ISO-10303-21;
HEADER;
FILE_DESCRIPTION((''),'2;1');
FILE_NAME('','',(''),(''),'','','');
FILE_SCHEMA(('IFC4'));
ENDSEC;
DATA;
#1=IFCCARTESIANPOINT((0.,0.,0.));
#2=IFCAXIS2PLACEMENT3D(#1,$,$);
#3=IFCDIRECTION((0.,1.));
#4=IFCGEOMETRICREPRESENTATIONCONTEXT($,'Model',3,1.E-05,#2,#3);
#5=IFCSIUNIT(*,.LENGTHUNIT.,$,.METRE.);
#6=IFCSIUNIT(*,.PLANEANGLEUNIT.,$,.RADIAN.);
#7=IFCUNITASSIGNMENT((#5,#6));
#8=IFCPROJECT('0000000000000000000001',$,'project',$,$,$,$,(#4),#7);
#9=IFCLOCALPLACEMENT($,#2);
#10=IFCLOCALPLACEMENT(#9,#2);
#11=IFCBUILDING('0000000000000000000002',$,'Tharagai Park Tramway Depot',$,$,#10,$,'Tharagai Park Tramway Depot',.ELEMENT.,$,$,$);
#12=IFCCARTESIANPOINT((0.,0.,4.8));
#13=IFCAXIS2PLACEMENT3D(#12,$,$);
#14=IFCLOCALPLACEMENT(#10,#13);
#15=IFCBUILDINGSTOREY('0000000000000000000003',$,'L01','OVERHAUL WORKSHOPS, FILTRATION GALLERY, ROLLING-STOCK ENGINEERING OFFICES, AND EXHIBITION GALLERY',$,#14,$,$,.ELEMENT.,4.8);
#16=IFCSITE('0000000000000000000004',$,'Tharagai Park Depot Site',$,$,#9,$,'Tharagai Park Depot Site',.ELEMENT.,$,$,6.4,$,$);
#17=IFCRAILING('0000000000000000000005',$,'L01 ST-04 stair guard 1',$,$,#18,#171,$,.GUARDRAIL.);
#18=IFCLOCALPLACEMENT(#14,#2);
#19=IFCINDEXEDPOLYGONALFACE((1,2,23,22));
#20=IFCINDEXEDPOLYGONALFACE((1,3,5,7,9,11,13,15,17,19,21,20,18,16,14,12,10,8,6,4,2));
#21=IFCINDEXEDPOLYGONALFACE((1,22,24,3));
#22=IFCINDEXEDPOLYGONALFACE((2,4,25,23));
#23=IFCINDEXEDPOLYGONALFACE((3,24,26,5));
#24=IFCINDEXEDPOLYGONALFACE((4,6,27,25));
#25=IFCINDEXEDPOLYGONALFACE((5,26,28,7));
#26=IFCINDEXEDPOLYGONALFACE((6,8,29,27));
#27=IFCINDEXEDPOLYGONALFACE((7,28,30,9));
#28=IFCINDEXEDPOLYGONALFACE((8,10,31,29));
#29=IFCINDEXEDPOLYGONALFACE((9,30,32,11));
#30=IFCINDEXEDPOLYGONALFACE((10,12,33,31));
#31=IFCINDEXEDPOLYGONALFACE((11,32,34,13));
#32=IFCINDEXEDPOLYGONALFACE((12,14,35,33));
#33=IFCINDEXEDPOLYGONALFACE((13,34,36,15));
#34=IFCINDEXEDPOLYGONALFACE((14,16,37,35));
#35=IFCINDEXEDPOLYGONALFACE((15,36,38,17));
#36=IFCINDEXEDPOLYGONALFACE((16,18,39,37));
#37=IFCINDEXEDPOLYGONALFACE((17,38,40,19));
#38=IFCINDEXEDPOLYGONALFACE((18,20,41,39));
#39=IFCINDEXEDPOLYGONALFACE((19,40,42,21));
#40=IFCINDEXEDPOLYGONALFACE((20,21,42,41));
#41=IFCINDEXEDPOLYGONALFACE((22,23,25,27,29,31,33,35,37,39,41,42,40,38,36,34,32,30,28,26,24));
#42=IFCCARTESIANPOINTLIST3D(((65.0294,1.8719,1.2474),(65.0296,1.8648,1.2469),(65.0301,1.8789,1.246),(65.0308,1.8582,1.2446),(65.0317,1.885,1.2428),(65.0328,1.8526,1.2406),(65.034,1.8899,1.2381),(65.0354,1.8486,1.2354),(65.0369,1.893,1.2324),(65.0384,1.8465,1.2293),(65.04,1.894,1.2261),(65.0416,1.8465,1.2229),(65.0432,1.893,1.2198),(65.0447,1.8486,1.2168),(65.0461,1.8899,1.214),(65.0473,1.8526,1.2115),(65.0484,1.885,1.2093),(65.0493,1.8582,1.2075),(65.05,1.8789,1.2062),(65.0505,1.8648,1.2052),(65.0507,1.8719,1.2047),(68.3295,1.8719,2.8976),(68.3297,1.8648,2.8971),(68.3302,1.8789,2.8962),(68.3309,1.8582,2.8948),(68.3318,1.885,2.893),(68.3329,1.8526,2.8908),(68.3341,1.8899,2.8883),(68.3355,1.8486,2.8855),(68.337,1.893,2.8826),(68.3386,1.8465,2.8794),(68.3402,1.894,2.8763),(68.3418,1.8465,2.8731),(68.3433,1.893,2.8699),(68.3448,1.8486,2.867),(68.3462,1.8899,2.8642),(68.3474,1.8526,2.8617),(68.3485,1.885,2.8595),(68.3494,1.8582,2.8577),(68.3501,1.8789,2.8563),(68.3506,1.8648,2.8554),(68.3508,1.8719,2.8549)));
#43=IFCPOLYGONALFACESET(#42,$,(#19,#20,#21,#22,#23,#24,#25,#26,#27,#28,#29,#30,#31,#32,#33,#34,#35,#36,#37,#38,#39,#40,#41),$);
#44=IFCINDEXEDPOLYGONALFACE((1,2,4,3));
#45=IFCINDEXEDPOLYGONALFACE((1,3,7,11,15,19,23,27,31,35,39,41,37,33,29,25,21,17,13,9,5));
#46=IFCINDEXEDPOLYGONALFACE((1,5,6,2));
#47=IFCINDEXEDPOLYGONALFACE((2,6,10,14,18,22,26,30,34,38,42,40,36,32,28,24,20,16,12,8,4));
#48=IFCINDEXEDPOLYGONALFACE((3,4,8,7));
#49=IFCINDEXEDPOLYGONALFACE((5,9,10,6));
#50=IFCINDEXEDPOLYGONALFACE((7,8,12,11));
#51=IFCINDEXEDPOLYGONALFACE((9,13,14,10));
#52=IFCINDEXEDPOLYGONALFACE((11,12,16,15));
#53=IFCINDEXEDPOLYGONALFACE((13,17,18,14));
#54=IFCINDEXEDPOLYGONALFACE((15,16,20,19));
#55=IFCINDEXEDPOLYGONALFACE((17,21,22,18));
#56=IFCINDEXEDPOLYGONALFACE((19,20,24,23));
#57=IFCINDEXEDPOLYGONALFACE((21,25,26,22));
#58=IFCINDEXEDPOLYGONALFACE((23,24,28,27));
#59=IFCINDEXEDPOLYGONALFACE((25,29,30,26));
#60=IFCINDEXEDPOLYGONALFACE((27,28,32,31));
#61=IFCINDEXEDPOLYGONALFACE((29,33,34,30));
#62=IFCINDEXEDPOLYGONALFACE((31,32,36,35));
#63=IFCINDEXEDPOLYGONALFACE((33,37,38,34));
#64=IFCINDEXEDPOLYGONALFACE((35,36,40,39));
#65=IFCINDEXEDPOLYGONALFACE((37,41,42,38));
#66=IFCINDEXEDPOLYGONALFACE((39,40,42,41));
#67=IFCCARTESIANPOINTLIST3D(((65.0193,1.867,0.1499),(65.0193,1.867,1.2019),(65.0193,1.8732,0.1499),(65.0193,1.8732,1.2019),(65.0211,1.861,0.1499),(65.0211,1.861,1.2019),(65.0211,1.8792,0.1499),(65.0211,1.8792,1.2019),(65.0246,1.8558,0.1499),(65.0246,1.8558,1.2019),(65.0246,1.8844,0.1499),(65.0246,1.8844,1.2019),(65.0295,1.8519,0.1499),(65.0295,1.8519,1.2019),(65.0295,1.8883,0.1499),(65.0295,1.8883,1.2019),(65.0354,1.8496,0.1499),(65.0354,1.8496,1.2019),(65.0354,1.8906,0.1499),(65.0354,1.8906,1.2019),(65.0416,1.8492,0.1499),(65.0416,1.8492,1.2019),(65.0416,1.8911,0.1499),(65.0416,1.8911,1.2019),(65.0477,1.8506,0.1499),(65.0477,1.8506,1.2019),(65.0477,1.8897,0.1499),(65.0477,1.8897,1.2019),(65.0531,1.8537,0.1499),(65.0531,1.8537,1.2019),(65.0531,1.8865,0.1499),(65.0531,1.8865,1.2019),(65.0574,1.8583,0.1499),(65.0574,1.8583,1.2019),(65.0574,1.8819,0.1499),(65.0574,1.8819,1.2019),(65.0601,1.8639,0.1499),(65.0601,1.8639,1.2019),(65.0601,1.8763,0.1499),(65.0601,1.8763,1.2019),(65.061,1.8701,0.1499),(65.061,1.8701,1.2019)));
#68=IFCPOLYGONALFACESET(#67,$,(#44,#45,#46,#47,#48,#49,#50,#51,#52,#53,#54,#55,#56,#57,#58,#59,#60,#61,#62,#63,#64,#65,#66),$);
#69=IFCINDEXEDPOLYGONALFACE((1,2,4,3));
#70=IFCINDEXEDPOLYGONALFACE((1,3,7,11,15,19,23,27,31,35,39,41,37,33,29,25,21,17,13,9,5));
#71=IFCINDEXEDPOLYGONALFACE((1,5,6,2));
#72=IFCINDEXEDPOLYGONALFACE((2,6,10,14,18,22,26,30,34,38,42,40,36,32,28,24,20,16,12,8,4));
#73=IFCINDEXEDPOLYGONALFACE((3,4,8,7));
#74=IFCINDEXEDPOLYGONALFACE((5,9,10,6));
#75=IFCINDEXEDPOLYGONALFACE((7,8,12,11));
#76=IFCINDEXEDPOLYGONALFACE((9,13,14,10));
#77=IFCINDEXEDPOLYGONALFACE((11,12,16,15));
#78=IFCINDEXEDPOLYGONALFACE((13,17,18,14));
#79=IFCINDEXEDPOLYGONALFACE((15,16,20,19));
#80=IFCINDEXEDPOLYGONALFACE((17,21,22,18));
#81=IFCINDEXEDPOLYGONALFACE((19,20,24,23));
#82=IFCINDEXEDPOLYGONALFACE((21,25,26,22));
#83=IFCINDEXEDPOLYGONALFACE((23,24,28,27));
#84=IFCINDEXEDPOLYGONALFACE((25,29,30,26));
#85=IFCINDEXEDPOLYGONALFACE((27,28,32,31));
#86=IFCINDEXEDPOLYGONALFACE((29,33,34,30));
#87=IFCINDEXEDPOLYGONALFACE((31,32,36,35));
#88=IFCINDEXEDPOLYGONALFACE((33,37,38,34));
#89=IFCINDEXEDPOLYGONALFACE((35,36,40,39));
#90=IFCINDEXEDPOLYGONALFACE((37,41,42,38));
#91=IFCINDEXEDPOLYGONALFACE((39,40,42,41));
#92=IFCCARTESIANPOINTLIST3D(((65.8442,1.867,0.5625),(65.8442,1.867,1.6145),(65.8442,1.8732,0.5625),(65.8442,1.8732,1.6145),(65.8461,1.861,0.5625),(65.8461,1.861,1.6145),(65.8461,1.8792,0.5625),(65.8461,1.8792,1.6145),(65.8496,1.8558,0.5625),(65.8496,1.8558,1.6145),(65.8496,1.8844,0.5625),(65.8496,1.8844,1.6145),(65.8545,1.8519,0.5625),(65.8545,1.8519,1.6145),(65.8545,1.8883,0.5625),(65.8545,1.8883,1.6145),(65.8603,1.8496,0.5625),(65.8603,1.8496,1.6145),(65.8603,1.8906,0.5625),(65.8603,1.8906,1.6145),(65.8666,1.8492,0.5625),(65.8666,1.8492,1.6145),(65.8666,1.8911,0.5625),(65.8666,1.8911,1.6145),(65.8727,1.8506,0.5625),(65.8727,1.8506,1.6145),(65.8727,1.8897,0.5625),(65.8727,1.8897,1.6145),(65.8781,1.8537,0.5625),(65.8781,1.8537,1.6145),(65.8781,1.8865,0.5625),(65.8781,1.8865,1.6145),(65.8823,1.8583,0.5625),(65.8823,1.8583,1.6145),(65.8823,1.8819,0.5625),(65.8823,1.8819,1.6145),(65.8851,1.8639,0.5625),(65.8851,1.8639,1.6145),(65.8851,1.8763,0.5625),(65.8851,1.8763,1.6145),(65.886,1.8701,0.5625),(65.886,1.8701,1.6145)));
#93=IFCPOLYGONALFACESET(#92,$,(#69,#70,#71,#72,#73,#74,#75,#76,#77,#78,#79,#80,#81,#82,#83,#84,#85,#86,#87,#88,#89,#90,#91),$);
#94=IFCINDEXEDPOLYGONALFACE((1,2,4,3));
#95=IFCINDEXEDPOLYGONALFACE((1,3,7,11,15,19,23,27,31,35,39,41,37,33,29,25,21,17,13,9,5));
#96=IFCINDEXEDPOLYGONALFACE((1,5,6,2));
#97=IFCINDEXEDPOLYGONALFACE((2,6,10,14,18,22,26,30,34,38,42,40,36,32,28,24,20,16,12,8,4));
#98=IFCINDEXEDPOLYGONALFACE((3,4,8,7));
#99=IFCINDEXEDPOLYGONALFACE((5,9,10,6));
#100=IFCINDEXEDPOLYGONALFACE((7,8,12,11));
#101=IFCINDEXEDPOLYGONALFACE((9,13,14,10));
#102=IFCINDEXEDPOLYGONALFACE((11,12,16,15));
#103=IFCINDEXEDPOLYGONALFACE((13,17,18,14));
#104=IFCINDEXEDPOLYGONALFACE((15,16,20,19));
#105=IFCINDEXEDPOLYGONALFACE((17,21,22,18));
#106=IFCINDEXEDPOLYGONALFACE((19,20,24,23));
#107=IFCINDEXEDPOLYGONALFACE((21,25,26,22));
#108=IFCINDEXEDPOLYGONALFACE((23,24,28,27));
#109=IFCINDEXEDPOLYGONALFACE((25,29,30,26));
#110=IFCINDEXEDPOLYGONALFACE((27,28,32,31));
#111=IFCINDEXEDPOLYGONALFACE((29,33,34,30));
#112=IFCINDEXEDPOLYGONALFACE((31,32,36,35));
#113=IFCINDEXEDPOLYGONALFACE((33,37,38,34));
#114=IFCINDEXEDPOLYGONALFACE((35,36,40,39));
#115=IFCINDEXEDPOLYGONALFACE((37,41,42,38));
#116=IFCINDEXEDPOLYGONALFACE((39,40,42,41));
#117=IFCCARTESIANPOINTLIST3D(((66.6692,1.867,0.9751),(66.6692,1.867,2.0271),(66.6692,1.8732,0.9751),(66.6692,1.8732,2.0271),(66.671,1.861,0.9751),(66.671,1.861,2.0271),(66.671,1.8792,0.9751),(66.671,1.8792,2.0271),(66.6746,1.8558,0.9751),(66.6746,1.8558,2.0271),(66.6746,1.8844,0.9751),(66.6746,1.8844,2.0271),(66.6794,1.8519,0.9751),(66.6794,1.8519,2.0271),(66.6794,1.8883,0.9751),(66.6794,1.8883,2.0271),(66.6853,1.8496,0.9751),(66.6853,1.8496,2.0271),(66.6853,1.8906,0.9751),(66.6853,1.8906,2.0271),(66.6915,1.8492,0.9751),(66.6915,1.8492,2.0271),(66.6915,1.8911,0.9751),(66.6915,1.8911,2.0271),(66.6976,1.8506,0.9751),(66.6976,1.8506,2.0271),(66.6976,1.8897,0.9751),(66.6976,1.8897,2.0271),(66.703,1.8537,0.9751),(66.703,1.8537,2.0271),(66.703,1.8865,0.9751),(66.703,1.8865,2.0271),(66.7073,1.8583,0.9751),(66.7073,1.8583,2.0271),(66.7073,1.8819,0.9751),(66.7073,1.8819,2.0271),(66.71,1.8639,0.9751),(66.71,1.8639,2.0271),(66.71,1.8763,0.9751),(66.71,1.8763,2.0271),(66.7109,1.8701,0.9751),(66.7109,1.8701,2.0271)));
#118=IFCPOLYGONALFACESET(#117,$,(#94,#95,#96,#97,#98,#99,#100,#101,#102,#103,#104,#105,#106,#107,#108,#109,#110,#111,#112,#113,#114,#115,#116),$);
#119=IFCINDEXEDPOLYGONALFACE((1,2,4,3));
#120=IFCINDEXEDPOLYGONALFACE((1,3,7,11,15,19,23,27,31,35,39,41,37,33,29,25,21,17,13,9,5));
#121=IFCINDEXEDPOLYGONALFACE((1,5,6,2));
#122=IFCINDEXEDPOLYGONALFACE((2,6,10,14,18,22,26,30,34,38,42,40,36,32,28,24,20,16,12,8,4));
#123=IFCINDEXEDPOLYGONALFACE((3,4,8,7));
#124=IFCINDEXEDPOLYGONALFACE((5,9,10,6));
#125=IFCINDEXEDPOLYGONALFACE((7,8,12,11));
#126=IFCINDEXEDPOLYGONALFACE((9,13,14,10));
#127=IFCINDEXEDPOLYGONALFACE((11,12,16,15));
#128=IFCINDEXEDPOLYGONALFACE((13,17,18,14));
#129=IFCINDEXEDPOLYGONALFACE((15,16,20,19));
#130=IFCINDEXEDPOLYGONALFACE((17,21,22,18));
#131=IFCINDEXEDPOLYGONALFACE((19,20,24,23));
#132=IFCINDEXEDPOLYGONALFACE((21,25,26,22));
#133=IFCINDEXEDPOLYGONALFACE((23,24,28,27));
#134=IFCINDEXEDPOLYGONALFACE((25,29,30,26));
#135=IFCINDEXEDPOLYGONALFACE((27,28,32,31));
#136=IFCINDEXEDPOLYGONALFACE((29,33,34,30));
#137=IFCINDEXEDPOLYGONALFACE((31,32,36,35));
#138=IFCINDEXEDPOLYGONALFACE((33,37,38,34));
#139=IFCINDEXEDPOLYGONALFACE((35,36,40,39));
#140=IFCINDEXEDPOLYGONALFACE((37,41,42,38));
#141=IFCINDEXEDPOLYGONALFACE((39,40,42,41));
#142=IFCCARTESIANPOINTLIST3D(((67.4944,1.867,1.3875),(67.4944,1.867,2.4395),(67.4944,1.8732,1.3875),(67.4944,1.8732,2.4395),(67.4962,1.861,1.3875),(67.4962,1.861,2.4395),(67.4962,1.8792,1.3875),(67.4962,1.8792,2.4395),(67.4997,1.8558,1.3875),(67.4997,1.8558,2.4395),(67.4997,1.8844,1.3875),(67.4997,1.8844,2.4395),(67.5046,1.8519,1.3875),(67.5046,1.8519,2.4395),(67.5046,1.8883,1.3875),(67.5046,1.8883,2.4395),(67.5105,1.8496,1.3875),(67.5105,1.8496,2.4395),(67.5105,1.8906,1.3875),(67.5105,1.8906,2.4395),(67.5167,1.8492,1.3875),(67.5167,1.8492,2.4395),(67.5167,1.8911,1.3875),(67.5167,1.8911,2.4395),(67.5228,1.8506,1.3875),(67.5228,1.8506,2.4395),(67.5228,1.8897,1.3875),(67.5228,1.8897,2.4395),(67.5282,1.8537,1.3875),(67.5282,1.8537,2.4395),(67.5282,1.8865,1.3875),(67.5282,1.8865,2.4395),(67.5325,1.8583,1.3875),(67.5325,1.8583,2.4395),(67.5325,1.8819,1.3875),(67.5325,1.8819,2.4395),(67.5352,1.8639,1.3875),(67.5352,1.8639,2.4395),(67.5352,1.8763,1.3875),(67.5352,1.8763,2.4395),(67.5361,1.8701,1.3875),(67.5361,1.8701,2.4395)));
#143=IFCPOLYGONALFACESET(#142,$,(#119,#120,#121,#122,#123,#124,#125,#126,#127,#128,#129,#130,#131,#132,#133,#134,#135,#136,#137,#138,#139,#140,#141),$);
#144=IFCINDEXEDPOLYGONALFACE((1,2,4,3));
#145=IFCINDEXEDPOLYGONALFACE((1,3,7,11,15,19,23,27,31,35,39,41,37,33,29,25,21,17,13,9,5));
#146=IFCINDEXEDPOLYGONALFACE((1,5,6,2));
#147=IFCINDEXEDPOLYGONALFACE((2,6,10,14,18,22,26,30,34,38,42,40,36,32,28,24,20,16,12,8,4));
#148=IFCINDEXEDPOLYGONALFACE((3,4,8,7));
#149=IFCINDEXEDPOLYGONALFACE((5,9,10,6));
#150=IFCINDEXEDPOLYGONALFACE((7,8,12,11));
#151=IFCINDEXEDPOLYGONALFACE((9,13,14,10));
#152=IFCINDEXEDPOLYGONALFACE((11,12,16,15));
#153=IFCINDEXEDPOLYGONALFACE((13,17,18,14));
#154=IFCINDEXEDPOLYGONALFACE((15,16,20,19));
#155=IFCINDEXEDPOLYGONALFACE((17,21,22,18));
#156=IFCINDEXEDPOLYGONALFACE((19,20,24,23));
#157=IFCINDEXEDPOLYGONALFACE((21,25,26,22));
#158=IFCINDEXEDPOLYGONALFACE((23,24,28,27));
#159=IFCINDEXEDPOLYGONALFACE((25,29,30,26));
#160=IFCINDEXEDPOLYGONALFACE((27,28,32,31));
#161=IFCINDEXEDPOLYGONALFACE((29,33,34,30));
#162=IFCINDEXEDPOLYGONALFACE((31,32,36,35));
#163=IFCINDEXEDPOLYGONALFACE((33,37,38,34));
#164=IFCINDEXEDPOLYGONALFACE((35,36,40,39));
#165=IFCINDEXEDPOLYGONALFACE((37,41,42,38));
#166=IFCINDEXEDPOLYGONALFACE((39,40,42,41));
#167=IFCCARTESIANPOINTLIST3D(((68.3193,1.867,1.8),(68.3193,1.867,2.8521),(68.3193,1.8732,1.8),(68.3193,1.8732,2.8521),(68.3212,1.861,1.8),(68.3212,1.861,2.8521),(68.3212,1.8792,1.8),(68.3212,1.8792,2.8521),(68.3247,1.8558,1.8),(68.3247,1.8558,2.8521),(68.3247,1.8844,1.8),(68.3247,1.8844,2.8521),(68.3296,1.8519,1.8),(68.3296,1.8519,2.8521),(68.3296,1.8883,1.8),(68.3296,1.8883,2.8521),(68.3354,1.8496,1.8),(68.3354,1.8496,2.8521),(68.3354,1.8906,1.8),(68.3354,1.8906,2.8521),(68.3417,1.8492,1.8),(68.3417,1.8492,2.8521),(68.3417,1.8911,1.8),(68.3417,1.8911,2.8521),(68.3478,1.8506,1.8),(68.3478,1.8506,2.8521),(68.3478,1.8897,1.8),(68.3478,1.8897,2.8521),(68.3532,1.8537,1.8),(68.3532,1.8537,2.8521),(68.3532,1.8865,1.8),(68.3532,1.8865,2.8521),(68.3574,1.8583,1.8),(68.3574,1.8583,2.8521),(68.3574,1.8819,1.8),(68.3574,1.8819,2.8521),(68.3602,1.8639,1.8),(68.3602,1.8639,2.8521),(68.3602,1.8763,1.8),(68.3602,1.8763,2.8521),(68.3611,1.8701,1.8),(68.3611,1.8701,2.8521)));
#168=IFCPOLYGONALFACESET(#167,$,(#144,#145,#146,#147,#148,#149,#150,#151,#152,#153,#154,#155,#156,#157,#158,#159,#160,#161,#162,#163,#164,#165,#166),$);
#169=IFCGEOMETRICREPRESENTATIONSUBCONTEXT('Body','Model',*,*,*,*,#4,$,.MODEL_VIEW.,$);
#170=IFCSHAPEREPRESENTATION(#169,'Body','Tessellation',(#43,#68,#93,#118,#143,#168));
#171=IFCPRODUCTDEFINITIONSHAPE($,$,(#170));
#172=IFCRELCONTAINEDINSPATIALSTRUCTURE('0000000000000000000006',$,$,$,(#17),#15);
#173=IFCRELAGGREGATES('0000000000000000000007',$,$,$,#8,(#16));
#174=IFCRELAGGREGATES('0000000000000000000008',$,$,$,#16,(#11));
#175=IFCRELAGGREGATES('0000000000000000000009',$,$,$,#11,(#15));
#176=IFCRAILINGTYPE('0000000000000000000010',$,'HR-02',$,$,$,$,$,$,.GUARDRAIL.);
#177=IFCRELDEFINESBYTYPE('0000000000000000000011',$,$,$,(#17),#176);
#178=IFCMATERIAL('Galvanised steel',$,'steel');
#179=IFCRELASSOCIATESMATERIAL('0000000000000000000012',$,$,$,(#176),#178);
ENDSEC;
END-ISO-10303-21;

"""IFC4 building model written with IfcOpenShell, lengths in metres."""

from ifc_helpers import new_model, si_unit, direction, frame, origin, origin_2d, place, context, subcontext, project, spatial, circle, extrude, material, type_object, element, save


model = new_model("IFC4")

# Units and contexts
model_context = context("Model", 3, precision=1e-05, world=origin(), true_north=direction((0.0, 1.0)))
body_context = subcontext(model_context, "Body", "Model", "MODEL_VIEW")
ifc_project = project(units=[si_unit("LENGTHUNIT", "METRE"), si_unit("PLANEANGLEUNIT", "RADIAN")], contexts=[model_context])

# Site, building, storey
site_placement = place(None, origin())
site = spatial("IfcSite", under=ifc_project, at=site_placement, Name="Tharagai Park Depot Site", LongName="Tharagai Park Depot Site", CompositionType="ELEMENT", RefElevation=6.4)
building_placement = place(site_placement, origin())
building = spatial("IfcBuilding", under=site, at=building_placement, Name="Tharagai Park Tramway Depot", LongName="Tharagai Park Tramway Depot", CompositionType="ELEMENT")
storey_placement = place(building_placement, frame((0.0, 0.0, 4.8)))
storey = spatial("IfcBuildingStorey", under=building, at=storey_placement, Name="L01", Description="OVERHAUL WORKSHOPS, FILTRATION GALLERY, ROLLING-STOCK ENGINEERING OFFICES, AND EXHIBITION GALLERY", CompositionType="ELEMENT", Elevation=4.8)

# Railing
ifc_material_1 = material(Name="Galvanised steel", Category="steel")
railing_type_1 = type_object("IfcRailingType", Name="HR-02", PredefinedType="GUARDRAIL", material=ifc_material_1)
railing_1_placement = place(storey_placement, frame((65.04, 1.8701, 0.1499)))
element("IfcRailing", 1, at=railing_1_placement, inside=storey, type_object=railing_type_1, Name="L01 ST-04 stair guard 1", PredefinedType="GUARDRAIL", context=body_context, shape_type="SweptSolid", body=[
    extrude(circle(Radius=0.0239, at=origin_2d()), frame((0.0, 0.0, 1.0762), z_axis=(0.894414, 0.0, 0.44724), x_axis=(0.0, 1.0, 0.0)), (0.0, 0.0, 1.0), 3.6897),
    extrude(circle(Radius=0.021, at=origin_2d()), origin(), (0.0, 0.0, 1.0), 1.052),
    extrude(circle(Radius=0.021, at=origin_2d()), frame((0.825, 0.0, 0.4126)), (0.0, 0.0, 1.0), 1.052),
    extrude(circle(Radius=0.021, at=origin_2d()), frame((1.6499, 0.0, 0.8252)), (0.0, 0.0, 1.0), 1.052),
    extrude(circle(Radius=0.021, at=origin_2d()), frame((2.4751, 0.0, 1.2375)), (0.0, 0.0, 1.0), 1.052),
    extrude(circle(Radius=0.021, at=origin_2d()), frame((3.3, 0.0, 1.6501)), (0.0, 0.0, 1.0), 1.052),
])

save(model, "model.ifc")
